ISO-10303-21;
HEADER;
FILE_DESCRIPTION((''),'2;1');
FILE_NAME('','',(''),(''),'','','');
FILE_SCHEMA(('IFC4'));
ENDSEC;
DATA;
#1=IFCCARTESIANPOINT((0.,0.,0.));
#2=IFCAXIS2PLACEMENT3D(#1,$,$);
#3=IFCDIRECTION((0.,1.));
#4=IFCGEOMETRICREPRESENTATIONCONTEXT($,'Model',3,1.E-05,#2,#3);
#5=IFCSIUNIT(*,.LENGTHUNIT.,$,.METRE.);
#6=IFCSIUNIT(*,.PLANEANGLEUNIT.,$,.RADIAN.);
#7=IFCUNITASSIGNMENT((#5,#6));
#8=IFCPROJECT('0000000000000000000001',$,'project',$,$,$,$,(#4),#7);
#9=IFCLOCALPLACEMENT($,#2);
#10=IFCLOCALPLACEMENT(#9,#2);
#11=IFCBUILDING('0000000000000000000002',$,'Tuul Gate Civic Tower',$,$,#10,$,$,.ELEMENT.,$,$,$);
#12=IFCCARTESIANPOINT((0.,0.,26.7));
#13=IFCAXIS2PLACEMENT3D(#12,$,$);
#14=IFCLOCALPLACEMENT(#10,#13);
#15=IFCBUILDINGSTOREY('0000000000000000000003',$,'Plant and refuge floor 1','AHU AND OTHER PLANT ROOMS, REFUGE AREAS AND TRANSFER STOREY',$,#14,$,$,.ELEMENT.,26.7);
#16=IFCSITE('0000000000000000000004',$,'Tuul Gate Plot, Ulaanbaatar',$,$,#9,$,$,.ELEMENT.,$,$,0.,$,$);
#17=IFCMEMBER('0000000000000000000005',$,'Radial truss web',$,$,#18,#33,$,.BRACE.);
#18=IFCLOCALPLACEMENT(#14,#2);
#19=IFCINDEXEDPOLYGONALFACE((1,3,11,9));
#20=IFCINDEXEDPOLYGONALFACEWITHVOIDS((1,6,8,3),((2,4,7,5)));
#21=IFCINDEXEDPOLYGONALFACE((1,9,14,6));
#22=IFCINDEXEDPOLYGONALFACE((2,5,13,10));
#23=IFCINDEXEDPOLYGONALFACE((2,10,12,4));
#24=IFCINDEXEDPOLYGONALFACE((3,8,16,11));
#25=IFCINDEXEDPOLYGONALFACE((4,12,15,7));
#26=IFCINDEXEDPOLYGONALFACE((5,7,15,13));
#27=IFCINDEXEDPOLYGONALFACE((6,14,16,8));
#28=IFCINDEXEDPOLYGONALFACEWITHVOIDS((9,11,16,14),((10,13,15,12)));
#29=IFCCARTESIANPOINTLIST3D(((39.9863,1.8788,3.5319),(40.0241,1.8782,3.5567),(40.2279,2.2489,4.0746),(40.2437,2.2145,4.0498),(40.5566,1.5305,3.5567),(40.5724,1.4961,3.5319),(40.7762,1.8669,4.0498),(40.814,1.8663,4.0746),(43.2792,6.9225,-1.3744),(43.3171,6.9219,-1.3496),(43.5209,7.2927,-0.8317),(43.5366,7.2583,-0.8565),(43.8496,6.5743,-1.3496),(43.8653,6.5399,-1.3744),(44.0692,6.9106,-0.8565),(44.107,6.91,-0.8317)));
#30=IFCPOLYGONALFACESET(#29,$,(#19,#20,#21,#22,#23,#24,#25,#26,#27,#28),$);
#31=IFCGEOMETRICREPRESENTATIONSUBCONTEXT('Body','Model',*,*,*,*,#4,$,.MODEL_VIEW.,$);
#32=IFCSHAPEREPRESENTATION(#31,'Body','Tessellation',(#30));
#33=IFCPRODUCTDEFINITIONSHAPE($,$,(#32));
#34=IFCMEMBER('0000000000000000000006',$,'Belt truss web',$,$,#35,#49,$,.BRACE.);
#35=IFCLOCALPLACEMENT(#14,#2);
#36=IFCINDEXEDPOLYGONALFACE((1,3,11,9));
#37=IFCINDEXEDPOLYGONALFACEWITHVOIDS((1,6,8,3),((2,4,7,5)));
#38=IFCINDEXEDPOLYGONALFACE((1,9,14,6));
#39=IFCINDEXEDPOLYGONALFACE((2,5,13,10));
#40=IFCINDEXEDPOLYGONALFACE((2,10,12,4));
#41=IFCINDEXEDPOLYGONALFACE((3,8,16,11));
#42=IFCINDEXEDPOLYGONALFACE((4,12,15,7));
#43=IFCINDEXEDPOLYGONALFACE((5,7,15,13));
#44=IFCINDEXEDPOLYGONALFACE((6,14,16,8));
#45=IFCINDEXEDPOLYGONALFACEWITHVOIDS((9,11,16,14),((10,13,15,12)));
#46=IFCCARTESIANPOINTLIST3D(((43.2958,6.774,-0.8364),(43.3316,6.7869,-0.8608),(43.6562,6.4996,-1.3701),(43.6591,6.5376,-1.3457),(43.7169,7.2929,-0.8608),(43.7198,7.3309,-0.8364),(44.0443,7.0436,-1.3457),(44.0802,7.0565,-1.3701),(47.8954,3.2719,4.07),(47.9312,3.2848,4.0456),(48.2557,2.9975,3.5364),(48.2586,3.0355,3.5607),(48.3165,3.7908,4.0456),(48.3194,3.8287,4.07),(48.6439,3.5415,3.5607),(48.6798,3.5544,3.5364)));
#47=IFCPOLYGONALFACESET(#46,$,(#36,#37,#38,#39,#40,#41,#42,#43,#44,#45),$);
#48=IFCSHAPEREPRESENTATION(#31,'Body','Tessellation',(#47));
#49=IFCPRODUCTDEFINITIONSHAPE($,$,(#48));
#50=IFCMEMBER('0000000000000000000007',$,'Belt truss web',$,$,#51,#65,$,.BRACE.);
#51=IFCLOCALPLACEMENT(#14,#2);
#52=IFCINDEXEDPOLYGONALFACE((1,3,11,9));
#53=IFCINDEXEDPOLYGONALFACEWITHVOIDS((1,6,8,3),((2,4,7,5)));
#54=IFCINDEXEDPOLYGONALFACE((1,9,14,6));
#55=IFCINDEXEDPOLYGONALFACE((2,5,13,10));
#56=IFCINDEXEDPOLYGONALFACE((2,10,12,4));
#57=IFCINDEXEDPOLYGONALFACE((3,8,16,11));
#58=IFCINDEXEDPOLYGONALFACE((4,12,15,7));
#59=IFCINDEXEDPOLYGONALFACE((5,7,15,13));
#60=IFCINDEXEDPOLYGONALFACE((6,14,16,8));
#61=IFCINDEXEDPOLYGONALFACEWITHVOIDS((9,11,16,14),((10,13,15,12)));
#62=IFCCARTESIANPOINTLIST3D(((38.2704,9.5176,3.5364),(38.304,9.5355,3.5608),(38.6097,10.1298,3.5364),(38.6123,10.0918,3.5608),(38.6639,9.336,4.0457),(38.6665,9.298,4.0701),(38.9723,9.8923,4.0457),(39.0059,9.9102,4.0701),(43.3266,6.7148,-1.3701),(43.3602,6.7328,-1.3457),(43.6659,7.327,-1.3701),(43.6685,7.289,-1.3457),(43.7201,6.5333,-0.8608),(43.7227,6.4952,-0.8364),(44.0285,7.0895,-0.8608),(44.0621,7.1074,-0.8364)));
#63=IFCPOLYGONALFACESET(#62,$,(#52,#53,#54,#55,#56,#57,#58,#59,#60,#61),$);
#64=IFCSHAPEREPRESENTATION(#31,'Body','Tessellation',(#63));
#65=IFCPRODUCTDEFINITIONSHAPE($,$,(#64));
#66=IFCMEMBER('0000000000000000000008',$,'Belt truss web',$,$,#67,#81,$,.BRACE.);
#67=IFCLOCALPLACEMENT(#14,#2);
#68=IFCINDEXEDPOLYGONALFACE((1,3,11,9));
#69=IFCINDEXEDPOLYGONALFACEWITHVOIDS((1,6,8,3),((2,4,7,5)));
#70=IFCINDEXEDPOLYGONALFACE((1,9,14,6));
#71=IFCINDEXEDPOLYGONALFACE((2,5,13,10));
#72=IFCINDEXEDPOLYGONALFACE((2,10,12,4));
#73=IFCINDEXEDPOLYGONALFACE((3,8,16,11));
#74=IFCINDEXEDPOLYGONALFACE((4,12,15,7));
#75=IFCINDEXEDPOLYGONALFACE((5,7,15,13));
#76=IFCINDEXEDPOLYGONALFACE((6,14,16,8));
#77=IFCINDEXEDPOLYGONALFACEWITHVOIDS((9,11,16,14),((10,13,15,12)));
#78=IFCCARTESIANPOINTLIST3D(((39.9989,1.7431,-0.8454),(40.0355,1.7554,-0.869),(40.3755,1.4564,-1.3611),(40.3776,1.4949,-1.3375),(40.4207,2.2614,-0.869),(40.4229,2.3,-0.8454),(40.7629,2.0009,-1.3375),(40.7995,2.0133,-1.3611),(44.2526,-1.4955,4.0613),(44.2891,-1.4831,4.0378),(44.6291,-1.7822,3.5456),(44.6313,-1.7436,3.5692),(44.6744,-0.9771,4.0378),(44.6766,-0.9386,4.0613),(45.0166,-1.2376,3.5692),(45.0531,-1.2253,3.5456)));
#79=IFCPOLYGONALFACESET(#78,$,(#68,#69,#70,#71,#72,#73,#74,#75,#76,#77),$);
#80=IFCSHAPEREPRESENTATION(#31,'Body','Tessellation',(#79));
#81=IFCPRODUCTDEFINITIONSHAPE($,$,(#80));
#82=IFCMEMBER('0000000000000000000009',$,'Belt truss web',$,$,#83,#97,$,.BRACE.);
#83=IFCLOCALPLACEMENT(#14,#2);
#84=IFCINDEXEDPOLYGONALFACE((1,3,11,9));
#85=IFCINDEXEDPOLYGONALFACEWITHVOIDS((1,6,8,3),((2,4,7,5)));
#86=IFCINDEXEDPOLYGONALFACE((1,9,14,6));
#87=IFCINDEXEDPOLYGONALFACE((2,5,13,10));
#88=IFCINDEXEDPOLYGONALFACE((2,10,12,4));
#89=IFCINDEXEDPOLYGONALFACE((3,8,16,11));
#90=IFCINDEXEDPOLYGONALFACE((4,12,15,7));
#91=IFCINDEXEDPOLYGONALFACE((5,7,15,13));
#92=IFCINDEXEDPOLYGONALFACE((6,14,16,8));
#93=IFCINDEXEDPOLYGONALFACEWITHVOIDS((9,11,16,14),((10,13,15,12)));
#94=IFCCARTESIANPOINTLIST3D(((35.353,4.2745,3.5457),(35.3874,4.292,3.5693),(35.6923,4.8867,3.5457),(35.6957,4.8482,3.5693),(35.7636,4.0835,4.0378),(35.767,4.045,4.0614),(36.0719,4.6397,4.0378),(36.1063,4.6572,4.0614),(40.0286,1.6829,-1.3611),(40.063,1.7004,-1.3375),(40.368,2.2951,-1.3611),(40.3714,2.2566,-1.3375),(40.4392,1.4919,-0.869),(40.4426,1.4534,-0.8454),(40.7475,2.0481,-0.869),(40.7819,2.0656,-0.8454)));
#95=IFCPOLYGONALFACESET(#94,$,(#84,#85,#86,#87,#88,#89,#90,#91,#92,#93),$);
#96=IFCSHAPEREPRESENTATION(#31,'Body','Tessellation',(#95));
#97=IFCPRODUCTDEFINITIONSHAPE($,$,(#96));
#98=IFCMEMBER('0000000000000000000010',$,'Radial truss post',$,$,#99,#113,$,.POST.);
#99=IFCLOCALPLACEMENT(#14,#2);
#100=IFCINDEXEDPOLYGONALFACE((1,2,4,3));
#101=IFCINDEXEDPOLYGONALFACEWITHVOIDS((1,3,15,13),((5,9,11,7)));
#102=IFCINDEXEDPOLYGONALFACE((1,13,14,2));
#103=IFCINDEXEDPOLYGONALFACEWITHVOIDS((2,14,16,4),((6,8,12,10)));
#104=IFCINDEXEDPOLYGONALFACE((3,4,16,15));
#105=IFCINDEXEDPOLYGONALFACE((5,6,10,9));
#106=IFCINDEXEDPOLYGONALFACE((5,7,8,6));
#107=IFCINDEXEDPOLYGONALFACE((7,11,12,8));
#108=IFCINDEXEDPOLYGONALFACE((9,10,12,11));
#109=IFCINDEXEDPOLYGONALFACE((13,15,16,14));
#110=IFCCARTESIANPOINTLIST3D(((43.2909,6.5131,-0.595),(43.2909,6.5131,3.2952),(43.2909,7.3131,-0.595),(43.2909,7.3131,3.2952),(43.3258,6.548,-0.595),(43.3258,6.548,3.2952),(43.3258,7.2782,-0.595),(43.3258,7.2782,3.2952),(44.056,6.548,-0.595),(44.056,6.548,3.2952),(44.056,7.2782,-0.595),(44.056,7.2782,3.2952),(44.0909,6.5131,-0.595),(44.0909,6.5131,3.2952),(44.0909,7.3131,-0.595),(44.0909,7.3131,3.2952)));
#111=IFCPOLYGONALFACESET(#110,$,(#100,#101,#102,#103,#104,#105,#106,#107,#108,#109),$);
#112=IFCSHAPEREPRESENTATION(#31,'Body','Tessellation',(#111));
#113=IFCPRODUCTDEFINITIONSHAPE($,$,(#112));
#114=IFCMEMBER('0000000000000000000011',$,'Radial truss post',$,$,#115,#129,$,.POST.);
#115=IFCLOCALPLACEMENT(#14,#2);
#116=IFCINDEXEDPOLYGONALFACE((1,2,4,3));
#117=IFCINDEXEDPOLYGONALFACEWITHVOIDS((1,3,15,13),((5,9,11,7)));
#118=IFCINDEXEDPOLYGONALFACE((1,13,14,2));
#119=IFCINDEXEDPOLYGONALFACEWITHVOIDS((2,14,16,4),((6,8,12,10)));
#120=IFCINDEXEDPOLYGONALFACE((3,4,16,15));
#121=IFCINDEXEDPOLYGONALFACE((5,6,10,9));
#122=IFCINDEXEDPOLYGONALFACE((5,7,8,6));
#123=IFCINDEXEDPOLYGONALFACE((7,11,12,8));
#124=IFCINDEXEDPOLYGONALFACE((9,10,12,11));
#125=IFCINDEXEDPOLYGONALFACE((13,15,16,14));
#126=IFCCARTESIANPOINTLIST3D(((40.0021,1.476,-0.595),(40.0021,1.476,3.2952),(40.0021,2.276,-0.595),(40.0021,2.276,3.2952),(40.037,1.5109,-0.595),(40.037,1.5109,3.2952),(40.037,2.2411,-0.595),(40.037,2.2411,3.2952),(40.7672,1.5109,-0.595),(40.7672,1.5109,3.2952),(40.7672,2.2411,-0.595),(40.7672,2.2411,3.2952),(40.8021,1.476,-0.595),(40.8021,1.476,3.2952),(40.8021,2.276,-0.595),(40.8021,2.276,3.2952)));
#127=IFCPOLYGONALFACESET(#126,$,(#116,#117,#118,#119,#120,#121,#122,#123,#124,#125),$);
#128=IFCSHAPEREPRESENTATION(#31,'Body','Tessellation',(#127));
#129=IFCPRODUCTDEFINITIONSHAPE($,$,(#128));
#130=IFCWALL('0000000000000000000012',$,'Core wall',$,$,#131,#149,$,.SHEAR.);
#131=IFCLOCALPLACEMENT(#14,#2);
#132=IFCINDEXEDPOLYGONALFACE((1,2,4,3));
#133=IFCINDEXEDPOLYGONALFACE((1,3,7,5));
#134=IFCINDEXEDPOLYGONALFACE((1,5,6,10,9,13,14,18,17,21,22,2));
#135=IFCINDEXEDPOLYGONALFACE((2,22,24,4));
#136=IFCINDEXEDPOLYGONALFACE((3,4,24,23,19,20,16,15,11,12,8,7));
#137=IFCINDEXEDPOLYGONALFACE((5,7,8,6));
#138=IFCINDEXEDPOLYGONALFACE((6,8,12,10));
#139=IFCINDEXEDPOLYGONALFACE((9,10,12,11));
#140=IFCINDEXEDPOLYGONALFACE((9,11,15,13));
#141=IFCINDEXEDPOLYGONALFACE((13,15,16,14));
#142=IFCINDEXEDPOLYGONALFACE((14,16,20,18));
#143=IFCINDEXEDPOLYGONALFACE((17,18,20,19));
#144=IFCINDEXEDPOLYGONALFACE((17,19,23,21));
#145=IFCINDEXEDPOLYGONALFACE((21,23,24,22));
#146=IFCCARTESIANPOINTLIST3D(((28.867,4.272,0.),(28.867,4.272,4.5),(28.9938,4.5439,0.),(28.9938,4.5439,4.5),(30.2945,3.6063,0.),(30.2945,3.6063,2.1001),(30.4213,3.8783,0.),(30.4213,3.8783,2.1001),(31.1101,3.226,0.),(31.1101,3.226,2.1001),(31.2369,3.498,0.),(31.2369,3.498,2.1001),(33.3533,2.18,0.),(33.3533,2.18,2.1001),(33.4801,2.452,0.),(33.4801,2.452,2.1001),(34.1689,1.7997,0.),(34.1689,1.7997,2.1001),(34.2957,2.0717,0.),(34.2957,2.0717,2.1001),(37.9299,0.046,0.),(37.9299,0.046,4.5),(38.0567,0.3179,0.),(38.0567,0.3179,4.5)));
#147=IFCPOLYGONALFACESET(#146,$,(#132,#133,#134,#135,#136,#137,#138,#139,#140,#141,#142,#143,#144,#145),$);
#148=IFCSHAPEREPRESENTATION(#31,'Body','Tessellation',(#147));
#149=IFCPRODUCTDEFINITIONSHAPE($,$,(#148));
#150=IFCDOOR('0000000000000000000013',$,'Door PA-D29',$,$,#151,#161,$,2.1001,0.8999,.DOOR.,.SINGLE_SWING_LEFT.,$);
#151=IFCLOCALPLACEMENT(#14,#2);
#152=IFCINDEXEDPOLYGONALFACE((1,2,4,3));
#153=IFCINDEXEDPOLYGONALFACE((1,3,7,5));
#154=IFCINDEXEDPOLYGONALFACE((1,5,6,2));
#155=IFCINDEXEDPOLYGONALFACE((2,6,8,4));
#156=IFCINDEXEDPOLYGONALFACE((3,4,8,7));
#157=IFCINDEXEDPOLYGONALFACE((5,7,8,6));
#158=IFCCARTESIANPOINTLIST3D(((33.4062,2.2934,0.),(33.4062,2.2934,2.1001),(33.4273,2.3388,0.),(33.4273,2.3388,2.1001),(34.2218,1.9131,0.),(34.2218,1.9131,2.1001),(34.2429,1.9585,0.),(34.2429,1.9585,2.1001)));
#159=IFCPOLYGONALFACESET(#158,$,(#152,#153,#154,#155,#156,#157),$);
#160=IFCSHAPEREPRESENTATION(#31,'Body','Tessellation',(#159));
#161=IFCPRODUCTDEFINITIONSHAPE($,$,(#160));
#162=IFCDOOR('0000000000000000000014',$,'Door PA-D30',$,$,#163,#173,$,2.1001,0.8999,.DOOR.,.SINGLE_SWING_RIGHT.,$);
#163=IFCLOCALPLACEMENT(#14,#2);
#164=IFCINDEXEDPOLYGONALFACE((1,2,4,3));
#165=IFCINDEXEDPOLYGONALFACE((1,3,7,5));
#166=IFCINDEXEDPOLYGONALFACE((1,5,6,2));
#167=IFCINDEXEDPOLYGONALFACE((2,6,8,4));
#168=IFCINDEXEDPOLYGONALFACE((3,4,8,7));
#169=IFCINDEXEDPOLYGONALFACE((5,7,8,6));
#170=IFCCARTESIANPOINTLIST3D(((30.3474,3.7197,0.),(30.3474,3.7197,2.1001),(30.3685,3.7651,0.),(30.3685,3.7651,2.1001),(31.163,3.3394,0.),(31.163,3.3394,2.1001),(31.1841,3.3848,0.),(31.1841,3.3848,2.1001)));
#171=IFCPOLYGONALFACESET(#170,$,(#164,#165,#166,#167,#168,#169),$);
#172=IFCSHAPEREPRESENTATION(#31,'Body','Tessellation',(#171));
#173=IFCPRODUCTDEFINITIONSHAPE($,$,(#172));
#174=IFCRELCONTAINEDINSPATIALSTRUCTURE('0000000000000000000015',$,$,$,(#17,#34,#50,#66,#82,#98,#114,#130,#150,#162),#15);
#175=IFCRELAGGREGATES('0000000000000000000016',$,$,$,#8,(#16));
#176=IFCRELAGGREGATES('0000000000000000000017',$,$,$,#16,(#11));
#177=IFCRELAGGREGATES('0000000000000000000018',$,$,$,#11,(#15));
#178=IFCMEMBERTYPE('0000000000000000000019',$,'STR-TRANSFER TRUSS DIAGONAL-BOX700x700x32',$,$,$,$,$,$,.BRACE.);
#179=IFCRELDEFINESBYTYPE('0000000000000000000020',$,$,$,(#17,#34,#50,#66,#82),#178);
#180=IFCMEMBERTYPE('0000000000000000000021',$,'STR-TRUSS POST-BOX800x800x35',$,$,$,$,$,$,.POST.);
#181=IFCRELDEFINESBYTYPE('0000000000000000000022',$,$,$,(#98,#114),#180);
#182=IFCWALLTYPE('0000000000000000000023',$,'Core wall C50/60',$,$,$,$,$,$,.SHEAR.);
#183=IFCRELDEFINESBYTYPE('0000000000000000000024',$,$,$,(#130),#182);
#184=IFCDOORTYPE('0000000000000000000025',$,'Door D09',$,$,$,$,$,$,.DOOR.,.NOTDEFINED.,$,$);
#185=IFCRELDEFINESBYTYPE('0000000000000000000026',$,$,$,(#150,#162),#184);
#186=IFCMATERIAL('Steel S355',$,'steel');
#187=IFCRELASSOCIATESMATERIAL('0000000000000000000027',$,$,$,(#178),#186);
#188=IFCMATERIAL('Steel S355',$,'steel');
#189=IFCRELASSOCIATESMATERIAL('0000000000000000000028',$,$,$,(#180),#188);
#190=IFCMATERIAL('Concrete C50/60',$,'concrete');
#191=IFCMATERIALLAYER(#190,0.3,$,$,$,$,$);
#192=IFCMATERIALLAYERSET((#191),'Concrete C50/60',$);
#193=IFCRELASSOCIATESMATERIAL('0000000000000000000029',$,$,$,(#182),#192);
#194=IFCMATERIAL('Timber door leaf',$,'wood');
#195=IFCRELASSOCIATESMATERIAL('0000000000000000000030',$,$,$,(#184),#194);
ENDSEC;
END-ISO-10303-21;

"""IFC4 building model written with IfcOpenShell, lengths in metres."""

from ifc_helpers import new_model, si_unit, direction, frame, frame_2d, origin, origin_2d, place, context, subcontext, project, spatial, rectangle, hollow_rectangle, extrude, material, layer, layer_set, material_profile, profile_set, type_object, element, fill, save


model = new_model("IFC4")

# Units and contexts
model_context = context("Model", 3, precision=1e-05, world=origin(), true_north=direction((0.0, 1.0)))
body_context = subcontext(model_context, "Body", "Model", "MODEL_VIEW")
ifc_project = project(units=[si_unit("LENGTHUNIT", "METRE"), si_unit("PLANEANGLEUNIT", "RADIAN")], contexts=[model_context])

# Site, building, storey
site_placement = place(None, origin())
site = spatial("IfcSite", under=ifc_project, at=site_placement, Name="Tuul Gate Plot, Ulaanbaatar", CompositionType="ELEMENT", RefElevation=0.0)
building_placement = place(site_placement, origin())
building = spatial("IfcBuilding", under=site, at=building_placement, Name="Tuul Gate Civic Tower", CompositionType="ELEMENT")
storey_placement = place(building_placement, frame((0.0, 0.0, 26.7)))
storey = spatial("IfcBuildingStorey", under=building, at=storey_placement, Name="Plant and refuge floor 1", Description="AHU AND OTHER PLANT ROOMS, REFUGE AREAS AND TRANSFER STOREY", CompositionType="ELEMENT", Elevation=26.7)

# Members
ifc_material_1 = material(Name="Steel S355", Category="steel")
ifc_material_profile_1 = material_profile(ifc_material_1, hollow_rectangle(XDim=0.7, YDim=0.7, WallThickness=0.032, at=origin_2d()), Name="BOX700x700x32")
ifc_profile_set_1 = profile_set([ifc_material_profile_1], Name="Steel S355")
member_type_1 = type_object("IfcMemberType", Name="STR-TRANSFER TRUSS DIAGONAL-BOX700x700x32", PredefinedType="BRACE", material=ifc_profile_set_1)
member_1_placement = place(storey_placement, frame((43.6931, 6.9163, -1.103), z_axis=(-0.423872, -0.649227, 0.631535), x_axis=(0.837337, -0.546687, 0.0)))
element("IfcMember", 1, at=member_1_placement, inside=storey, type_object=member_type_1, Name="Radial truss web", PredefinedType="BRACE", context=body_context, shape_type="SweptSolid", body=[
    extrude(hollow_rectangle(XDim=0.7, YDim=0.7, WallThickness=0.032, at=origin_2d()), origin(), (0.0, 0.0, 1.0), 7.7688),
])
for number, where, z_axis, x_axis, name in (
    (2, (43.688, 6.9153, -1.1033), (0.606602, -0.461874, 0.647075), (0.605795, 0.795621, 0.0), "Belt truss web"),
    (3, (43.6943, 6.9111, -1.1033), (-0.666822, 0.369634, 0.647085), (-0.484818, -0.874615, 0.0), "Belt truss web"),
):
    element("IfcMember", number, at=place(storey_placement, frame(where, z_axis=z_axis, x_axis=x_axis)), inside=storey, type_object=member_type_1, Name=name, PredefinedType="BRACE", context=body_context, shape_type="SweptSolid", body=[
        extrude(hollow_rectangle(XDim=0.7, YDim=0.7, WallThickness=0.032, at=origin_2d()), origin(), (0.0, 0.0, 1.0), 7.5825),
    ])
member_2_placement = place(storey_placement, frame((40.3992, 1.8782, -1.1033), z_axis=(0.586181, -0.446289, 0.676179), x_axis=(0.605764, 0.795644, 0.0)))
element("IfcMember", 4, at=member_2_placement, inside=storey, type_object=member_type_1, Name="Belt truss web", PredefinedType="BRACE", context=body_context, shape_type="SweptSolid", body=[
    extrude(hollow_rectangle(XDim=0.7, YDim=0.7, WallThickness=0.032, at=origin_2d()), origin(), (0.0, 0.0, 1.0), 7.2566),
])
member_3_placement = place(storey_placement, frame((40.4053, 1.8743, -1.1033), z_axis=(-0.644348, 0.357149, 0.67621), x_axis=(-0.48479, -0.874631, 0.0)))
element("IfcMember", 5, at=member_3_placement, inside=storey, type_object=member_type_1, Name="Belt truss web", PredefinedType="BRACE", context=body_context, shape_type="SweptSolid", body=[
    extrude(hollow_rectangle(XDim=0.7, YDim=0.7, WallThickness=0.032, at=origin_2d()), origin(), (0.0, 0.0, 1.0), 7.2563),
])
ifc_material_2 = material(Name="Steel S355", Category="steel")
ifc_material_profile_2 = material_profile(ifc_material_2, hollow_rectangle(XDim=0.8, YDim=0.8, WallThickness=0.0349, at=origin_2d()), Name="BOX800x800x35")
ifc_profile_set_2 = profile_set([ifc_material_profile_2], Name="Steel S355")
member_type_2 = type_object("IfcMemberType", Name="STR-TRUSS POST-BOX800x800x35", PredefinedType="POST", material=ifc_profile_set_2)
for number, where, z_axis, x_axis, name in (
    (6, (43.6909, 6.9131, -0.595), (0.0, 0.0, 1.0), (1.0, 0.0, 0.0), "Radial truss post"),
    (7, (40.4021, 1.876, -0.595), (0.0, 0.0, 1.0), (1.0, 0.0, 0.0), "Radial truss post"),
):
    element("IfcMember", number, at=place(storey_placement, frame(where, z_axis=z_axis, x_axis=x_axis)), inside=storey, type_object=member_type_2, Name=name, PredefinedType="POST", context=body_context, shape_type="SweptSolid", body=[
        extrude(hollow_rectangle(XDim=0.8, YDim=0.8, WallThickness=0.0349, at=origin_2d()), origin(), (0.0, 0.0, 1.0), 3.8901),
    ])

# Wall, openings, doors
ifc_material_3 = material(Name="Concrete C50/60", Category="concrete")
ifc_layer_1 = layer(ifc_material_3, 0.3)
ifc_layer_set_1 = layer_set([ifc_layer_1], Name="Concrete C50/60")
wall_type_1 = type_object("IfcWallType", Name="Core wall C50/60", PredefinedType="SHEAR", material=ifc_layer_set_1)
wall_1_placement = place(storey_placement, frame((37.9934, 0.1819, 0.0), z_axis=(0.0, 0.0, 1.0), x_axis=(-0.90631, 0.422613, 0.0)))
wall_1 = element("IfcWall", 8, at=wall_1_placement, inside=storey, type_object=wall_type_1, Name="Core wall", PredefinedType="SHEAR", context=body_context, shape_type="SweptSolid", body=[
    extrude(rectangle(XDim=9.9998, YDim=0.3, at=frame_2d((5.0, 0.0))), origin(), (0.0, 0.0, 1.0), 4.5),
])
opening_1_placement = place(wall_1_placement, frame((4.1499, 0.0, 0.0)))
opening_1 = element("IfcOpeningElement", 9, at=opening_1_placement, cuts=wall_1, PredefinedType="OPENING", context=body_context, shape_type="SweptSolid", body=[
    extrude(rectangle(XDim=0.8999, YDim=2.1001, at=frame_2d((0.45, 1.05))), frame((0.0, 0.1602, 0.0), z_axis=(0.0, -1.0, 0.0), x_axis=(1.0, 0.0, 0.0)), (0.0, 0.0, 1.0), 0.3201),
])
opening_2_placement = place(wall_1_placement, frame((7.5249, 0.0, 0.0)))
opening_2 = element("IfcOpeningElement", 10, at=opening_2_placement, cuts=wall_1, PredefinedType="OPENING", context=body_context, shape_type="SweptSolid", body=[
    extrude(rectangle(XDim=0.8999, YDim=2.1001, at=frame_2d((0.45, 1.05))), frame((0.0, 0.1602, 0.0), z_axis=(0.0, -1.0, 0.0), x_axis=(1.0, 0.0, 0.0)), (0.0, 0.0, 1.0), 0.3201),
])
ifc_material_4 = material(Name="Timber door leaf", Category="wood")
door_type_1 = type_object("IfcDoorType", Name="Door D09", OperationType="NOTDEFINED", PredefinedType="DOOR", material=ifc_material_4)
door_1_placement = place(opening_1_placement, origin())
door_1 = element("IfcDoor", 11, at=door_1_placement, inside=storey, type_object=door_type_1, Name="Door PA-D29", OperationType="SINGLE_SWING_LEFT", OverallHeight=2.1001, OverallWidth=0.8999, PredefinedType="DOOR", context=body_context, shape_type="SweptSolid", body=[
    extrude(rectangle(XDim=0.8999, YDim=2.1001, at=frame_2d((0.45, 1.05))), frame((0.0, 0.0249, 0.0), z_axis=(0.0, -1.0, 0.0), x_axis=(1.0, 0.0, 0.0)), (0.0, 0.0, 1.0), 0.05),
])
fill(opening_1, door_1)
door_2_placement = place(opening_2_placement, origin())
door_2 = element("IfcDoor", 12, at=door_2_placement, inside=storey, type_object=door_type_1, Name="Door PA-D30", OperationType="SINGLE_SWING_RIGHT", OverallHeight=2.1001, OverallWidth=0.8999, PredefinedType="DOOR", context=body_context, shape_type="SweptSolid", body=[
    extrude(rectangle(XDim=0.8999, YDim=2.1001, at=frame_2d((0.45, 1.05))), frame((0.0, 0.0249, 0.0), z_axis=(0.0, -1.0, 0.0), x_axis=(1.0, 0.0, 0.0)), (0.0, 0.0, 1.0), 0.05),
])
fill(opening_2, door_2)

save(model, "model.ifc")
